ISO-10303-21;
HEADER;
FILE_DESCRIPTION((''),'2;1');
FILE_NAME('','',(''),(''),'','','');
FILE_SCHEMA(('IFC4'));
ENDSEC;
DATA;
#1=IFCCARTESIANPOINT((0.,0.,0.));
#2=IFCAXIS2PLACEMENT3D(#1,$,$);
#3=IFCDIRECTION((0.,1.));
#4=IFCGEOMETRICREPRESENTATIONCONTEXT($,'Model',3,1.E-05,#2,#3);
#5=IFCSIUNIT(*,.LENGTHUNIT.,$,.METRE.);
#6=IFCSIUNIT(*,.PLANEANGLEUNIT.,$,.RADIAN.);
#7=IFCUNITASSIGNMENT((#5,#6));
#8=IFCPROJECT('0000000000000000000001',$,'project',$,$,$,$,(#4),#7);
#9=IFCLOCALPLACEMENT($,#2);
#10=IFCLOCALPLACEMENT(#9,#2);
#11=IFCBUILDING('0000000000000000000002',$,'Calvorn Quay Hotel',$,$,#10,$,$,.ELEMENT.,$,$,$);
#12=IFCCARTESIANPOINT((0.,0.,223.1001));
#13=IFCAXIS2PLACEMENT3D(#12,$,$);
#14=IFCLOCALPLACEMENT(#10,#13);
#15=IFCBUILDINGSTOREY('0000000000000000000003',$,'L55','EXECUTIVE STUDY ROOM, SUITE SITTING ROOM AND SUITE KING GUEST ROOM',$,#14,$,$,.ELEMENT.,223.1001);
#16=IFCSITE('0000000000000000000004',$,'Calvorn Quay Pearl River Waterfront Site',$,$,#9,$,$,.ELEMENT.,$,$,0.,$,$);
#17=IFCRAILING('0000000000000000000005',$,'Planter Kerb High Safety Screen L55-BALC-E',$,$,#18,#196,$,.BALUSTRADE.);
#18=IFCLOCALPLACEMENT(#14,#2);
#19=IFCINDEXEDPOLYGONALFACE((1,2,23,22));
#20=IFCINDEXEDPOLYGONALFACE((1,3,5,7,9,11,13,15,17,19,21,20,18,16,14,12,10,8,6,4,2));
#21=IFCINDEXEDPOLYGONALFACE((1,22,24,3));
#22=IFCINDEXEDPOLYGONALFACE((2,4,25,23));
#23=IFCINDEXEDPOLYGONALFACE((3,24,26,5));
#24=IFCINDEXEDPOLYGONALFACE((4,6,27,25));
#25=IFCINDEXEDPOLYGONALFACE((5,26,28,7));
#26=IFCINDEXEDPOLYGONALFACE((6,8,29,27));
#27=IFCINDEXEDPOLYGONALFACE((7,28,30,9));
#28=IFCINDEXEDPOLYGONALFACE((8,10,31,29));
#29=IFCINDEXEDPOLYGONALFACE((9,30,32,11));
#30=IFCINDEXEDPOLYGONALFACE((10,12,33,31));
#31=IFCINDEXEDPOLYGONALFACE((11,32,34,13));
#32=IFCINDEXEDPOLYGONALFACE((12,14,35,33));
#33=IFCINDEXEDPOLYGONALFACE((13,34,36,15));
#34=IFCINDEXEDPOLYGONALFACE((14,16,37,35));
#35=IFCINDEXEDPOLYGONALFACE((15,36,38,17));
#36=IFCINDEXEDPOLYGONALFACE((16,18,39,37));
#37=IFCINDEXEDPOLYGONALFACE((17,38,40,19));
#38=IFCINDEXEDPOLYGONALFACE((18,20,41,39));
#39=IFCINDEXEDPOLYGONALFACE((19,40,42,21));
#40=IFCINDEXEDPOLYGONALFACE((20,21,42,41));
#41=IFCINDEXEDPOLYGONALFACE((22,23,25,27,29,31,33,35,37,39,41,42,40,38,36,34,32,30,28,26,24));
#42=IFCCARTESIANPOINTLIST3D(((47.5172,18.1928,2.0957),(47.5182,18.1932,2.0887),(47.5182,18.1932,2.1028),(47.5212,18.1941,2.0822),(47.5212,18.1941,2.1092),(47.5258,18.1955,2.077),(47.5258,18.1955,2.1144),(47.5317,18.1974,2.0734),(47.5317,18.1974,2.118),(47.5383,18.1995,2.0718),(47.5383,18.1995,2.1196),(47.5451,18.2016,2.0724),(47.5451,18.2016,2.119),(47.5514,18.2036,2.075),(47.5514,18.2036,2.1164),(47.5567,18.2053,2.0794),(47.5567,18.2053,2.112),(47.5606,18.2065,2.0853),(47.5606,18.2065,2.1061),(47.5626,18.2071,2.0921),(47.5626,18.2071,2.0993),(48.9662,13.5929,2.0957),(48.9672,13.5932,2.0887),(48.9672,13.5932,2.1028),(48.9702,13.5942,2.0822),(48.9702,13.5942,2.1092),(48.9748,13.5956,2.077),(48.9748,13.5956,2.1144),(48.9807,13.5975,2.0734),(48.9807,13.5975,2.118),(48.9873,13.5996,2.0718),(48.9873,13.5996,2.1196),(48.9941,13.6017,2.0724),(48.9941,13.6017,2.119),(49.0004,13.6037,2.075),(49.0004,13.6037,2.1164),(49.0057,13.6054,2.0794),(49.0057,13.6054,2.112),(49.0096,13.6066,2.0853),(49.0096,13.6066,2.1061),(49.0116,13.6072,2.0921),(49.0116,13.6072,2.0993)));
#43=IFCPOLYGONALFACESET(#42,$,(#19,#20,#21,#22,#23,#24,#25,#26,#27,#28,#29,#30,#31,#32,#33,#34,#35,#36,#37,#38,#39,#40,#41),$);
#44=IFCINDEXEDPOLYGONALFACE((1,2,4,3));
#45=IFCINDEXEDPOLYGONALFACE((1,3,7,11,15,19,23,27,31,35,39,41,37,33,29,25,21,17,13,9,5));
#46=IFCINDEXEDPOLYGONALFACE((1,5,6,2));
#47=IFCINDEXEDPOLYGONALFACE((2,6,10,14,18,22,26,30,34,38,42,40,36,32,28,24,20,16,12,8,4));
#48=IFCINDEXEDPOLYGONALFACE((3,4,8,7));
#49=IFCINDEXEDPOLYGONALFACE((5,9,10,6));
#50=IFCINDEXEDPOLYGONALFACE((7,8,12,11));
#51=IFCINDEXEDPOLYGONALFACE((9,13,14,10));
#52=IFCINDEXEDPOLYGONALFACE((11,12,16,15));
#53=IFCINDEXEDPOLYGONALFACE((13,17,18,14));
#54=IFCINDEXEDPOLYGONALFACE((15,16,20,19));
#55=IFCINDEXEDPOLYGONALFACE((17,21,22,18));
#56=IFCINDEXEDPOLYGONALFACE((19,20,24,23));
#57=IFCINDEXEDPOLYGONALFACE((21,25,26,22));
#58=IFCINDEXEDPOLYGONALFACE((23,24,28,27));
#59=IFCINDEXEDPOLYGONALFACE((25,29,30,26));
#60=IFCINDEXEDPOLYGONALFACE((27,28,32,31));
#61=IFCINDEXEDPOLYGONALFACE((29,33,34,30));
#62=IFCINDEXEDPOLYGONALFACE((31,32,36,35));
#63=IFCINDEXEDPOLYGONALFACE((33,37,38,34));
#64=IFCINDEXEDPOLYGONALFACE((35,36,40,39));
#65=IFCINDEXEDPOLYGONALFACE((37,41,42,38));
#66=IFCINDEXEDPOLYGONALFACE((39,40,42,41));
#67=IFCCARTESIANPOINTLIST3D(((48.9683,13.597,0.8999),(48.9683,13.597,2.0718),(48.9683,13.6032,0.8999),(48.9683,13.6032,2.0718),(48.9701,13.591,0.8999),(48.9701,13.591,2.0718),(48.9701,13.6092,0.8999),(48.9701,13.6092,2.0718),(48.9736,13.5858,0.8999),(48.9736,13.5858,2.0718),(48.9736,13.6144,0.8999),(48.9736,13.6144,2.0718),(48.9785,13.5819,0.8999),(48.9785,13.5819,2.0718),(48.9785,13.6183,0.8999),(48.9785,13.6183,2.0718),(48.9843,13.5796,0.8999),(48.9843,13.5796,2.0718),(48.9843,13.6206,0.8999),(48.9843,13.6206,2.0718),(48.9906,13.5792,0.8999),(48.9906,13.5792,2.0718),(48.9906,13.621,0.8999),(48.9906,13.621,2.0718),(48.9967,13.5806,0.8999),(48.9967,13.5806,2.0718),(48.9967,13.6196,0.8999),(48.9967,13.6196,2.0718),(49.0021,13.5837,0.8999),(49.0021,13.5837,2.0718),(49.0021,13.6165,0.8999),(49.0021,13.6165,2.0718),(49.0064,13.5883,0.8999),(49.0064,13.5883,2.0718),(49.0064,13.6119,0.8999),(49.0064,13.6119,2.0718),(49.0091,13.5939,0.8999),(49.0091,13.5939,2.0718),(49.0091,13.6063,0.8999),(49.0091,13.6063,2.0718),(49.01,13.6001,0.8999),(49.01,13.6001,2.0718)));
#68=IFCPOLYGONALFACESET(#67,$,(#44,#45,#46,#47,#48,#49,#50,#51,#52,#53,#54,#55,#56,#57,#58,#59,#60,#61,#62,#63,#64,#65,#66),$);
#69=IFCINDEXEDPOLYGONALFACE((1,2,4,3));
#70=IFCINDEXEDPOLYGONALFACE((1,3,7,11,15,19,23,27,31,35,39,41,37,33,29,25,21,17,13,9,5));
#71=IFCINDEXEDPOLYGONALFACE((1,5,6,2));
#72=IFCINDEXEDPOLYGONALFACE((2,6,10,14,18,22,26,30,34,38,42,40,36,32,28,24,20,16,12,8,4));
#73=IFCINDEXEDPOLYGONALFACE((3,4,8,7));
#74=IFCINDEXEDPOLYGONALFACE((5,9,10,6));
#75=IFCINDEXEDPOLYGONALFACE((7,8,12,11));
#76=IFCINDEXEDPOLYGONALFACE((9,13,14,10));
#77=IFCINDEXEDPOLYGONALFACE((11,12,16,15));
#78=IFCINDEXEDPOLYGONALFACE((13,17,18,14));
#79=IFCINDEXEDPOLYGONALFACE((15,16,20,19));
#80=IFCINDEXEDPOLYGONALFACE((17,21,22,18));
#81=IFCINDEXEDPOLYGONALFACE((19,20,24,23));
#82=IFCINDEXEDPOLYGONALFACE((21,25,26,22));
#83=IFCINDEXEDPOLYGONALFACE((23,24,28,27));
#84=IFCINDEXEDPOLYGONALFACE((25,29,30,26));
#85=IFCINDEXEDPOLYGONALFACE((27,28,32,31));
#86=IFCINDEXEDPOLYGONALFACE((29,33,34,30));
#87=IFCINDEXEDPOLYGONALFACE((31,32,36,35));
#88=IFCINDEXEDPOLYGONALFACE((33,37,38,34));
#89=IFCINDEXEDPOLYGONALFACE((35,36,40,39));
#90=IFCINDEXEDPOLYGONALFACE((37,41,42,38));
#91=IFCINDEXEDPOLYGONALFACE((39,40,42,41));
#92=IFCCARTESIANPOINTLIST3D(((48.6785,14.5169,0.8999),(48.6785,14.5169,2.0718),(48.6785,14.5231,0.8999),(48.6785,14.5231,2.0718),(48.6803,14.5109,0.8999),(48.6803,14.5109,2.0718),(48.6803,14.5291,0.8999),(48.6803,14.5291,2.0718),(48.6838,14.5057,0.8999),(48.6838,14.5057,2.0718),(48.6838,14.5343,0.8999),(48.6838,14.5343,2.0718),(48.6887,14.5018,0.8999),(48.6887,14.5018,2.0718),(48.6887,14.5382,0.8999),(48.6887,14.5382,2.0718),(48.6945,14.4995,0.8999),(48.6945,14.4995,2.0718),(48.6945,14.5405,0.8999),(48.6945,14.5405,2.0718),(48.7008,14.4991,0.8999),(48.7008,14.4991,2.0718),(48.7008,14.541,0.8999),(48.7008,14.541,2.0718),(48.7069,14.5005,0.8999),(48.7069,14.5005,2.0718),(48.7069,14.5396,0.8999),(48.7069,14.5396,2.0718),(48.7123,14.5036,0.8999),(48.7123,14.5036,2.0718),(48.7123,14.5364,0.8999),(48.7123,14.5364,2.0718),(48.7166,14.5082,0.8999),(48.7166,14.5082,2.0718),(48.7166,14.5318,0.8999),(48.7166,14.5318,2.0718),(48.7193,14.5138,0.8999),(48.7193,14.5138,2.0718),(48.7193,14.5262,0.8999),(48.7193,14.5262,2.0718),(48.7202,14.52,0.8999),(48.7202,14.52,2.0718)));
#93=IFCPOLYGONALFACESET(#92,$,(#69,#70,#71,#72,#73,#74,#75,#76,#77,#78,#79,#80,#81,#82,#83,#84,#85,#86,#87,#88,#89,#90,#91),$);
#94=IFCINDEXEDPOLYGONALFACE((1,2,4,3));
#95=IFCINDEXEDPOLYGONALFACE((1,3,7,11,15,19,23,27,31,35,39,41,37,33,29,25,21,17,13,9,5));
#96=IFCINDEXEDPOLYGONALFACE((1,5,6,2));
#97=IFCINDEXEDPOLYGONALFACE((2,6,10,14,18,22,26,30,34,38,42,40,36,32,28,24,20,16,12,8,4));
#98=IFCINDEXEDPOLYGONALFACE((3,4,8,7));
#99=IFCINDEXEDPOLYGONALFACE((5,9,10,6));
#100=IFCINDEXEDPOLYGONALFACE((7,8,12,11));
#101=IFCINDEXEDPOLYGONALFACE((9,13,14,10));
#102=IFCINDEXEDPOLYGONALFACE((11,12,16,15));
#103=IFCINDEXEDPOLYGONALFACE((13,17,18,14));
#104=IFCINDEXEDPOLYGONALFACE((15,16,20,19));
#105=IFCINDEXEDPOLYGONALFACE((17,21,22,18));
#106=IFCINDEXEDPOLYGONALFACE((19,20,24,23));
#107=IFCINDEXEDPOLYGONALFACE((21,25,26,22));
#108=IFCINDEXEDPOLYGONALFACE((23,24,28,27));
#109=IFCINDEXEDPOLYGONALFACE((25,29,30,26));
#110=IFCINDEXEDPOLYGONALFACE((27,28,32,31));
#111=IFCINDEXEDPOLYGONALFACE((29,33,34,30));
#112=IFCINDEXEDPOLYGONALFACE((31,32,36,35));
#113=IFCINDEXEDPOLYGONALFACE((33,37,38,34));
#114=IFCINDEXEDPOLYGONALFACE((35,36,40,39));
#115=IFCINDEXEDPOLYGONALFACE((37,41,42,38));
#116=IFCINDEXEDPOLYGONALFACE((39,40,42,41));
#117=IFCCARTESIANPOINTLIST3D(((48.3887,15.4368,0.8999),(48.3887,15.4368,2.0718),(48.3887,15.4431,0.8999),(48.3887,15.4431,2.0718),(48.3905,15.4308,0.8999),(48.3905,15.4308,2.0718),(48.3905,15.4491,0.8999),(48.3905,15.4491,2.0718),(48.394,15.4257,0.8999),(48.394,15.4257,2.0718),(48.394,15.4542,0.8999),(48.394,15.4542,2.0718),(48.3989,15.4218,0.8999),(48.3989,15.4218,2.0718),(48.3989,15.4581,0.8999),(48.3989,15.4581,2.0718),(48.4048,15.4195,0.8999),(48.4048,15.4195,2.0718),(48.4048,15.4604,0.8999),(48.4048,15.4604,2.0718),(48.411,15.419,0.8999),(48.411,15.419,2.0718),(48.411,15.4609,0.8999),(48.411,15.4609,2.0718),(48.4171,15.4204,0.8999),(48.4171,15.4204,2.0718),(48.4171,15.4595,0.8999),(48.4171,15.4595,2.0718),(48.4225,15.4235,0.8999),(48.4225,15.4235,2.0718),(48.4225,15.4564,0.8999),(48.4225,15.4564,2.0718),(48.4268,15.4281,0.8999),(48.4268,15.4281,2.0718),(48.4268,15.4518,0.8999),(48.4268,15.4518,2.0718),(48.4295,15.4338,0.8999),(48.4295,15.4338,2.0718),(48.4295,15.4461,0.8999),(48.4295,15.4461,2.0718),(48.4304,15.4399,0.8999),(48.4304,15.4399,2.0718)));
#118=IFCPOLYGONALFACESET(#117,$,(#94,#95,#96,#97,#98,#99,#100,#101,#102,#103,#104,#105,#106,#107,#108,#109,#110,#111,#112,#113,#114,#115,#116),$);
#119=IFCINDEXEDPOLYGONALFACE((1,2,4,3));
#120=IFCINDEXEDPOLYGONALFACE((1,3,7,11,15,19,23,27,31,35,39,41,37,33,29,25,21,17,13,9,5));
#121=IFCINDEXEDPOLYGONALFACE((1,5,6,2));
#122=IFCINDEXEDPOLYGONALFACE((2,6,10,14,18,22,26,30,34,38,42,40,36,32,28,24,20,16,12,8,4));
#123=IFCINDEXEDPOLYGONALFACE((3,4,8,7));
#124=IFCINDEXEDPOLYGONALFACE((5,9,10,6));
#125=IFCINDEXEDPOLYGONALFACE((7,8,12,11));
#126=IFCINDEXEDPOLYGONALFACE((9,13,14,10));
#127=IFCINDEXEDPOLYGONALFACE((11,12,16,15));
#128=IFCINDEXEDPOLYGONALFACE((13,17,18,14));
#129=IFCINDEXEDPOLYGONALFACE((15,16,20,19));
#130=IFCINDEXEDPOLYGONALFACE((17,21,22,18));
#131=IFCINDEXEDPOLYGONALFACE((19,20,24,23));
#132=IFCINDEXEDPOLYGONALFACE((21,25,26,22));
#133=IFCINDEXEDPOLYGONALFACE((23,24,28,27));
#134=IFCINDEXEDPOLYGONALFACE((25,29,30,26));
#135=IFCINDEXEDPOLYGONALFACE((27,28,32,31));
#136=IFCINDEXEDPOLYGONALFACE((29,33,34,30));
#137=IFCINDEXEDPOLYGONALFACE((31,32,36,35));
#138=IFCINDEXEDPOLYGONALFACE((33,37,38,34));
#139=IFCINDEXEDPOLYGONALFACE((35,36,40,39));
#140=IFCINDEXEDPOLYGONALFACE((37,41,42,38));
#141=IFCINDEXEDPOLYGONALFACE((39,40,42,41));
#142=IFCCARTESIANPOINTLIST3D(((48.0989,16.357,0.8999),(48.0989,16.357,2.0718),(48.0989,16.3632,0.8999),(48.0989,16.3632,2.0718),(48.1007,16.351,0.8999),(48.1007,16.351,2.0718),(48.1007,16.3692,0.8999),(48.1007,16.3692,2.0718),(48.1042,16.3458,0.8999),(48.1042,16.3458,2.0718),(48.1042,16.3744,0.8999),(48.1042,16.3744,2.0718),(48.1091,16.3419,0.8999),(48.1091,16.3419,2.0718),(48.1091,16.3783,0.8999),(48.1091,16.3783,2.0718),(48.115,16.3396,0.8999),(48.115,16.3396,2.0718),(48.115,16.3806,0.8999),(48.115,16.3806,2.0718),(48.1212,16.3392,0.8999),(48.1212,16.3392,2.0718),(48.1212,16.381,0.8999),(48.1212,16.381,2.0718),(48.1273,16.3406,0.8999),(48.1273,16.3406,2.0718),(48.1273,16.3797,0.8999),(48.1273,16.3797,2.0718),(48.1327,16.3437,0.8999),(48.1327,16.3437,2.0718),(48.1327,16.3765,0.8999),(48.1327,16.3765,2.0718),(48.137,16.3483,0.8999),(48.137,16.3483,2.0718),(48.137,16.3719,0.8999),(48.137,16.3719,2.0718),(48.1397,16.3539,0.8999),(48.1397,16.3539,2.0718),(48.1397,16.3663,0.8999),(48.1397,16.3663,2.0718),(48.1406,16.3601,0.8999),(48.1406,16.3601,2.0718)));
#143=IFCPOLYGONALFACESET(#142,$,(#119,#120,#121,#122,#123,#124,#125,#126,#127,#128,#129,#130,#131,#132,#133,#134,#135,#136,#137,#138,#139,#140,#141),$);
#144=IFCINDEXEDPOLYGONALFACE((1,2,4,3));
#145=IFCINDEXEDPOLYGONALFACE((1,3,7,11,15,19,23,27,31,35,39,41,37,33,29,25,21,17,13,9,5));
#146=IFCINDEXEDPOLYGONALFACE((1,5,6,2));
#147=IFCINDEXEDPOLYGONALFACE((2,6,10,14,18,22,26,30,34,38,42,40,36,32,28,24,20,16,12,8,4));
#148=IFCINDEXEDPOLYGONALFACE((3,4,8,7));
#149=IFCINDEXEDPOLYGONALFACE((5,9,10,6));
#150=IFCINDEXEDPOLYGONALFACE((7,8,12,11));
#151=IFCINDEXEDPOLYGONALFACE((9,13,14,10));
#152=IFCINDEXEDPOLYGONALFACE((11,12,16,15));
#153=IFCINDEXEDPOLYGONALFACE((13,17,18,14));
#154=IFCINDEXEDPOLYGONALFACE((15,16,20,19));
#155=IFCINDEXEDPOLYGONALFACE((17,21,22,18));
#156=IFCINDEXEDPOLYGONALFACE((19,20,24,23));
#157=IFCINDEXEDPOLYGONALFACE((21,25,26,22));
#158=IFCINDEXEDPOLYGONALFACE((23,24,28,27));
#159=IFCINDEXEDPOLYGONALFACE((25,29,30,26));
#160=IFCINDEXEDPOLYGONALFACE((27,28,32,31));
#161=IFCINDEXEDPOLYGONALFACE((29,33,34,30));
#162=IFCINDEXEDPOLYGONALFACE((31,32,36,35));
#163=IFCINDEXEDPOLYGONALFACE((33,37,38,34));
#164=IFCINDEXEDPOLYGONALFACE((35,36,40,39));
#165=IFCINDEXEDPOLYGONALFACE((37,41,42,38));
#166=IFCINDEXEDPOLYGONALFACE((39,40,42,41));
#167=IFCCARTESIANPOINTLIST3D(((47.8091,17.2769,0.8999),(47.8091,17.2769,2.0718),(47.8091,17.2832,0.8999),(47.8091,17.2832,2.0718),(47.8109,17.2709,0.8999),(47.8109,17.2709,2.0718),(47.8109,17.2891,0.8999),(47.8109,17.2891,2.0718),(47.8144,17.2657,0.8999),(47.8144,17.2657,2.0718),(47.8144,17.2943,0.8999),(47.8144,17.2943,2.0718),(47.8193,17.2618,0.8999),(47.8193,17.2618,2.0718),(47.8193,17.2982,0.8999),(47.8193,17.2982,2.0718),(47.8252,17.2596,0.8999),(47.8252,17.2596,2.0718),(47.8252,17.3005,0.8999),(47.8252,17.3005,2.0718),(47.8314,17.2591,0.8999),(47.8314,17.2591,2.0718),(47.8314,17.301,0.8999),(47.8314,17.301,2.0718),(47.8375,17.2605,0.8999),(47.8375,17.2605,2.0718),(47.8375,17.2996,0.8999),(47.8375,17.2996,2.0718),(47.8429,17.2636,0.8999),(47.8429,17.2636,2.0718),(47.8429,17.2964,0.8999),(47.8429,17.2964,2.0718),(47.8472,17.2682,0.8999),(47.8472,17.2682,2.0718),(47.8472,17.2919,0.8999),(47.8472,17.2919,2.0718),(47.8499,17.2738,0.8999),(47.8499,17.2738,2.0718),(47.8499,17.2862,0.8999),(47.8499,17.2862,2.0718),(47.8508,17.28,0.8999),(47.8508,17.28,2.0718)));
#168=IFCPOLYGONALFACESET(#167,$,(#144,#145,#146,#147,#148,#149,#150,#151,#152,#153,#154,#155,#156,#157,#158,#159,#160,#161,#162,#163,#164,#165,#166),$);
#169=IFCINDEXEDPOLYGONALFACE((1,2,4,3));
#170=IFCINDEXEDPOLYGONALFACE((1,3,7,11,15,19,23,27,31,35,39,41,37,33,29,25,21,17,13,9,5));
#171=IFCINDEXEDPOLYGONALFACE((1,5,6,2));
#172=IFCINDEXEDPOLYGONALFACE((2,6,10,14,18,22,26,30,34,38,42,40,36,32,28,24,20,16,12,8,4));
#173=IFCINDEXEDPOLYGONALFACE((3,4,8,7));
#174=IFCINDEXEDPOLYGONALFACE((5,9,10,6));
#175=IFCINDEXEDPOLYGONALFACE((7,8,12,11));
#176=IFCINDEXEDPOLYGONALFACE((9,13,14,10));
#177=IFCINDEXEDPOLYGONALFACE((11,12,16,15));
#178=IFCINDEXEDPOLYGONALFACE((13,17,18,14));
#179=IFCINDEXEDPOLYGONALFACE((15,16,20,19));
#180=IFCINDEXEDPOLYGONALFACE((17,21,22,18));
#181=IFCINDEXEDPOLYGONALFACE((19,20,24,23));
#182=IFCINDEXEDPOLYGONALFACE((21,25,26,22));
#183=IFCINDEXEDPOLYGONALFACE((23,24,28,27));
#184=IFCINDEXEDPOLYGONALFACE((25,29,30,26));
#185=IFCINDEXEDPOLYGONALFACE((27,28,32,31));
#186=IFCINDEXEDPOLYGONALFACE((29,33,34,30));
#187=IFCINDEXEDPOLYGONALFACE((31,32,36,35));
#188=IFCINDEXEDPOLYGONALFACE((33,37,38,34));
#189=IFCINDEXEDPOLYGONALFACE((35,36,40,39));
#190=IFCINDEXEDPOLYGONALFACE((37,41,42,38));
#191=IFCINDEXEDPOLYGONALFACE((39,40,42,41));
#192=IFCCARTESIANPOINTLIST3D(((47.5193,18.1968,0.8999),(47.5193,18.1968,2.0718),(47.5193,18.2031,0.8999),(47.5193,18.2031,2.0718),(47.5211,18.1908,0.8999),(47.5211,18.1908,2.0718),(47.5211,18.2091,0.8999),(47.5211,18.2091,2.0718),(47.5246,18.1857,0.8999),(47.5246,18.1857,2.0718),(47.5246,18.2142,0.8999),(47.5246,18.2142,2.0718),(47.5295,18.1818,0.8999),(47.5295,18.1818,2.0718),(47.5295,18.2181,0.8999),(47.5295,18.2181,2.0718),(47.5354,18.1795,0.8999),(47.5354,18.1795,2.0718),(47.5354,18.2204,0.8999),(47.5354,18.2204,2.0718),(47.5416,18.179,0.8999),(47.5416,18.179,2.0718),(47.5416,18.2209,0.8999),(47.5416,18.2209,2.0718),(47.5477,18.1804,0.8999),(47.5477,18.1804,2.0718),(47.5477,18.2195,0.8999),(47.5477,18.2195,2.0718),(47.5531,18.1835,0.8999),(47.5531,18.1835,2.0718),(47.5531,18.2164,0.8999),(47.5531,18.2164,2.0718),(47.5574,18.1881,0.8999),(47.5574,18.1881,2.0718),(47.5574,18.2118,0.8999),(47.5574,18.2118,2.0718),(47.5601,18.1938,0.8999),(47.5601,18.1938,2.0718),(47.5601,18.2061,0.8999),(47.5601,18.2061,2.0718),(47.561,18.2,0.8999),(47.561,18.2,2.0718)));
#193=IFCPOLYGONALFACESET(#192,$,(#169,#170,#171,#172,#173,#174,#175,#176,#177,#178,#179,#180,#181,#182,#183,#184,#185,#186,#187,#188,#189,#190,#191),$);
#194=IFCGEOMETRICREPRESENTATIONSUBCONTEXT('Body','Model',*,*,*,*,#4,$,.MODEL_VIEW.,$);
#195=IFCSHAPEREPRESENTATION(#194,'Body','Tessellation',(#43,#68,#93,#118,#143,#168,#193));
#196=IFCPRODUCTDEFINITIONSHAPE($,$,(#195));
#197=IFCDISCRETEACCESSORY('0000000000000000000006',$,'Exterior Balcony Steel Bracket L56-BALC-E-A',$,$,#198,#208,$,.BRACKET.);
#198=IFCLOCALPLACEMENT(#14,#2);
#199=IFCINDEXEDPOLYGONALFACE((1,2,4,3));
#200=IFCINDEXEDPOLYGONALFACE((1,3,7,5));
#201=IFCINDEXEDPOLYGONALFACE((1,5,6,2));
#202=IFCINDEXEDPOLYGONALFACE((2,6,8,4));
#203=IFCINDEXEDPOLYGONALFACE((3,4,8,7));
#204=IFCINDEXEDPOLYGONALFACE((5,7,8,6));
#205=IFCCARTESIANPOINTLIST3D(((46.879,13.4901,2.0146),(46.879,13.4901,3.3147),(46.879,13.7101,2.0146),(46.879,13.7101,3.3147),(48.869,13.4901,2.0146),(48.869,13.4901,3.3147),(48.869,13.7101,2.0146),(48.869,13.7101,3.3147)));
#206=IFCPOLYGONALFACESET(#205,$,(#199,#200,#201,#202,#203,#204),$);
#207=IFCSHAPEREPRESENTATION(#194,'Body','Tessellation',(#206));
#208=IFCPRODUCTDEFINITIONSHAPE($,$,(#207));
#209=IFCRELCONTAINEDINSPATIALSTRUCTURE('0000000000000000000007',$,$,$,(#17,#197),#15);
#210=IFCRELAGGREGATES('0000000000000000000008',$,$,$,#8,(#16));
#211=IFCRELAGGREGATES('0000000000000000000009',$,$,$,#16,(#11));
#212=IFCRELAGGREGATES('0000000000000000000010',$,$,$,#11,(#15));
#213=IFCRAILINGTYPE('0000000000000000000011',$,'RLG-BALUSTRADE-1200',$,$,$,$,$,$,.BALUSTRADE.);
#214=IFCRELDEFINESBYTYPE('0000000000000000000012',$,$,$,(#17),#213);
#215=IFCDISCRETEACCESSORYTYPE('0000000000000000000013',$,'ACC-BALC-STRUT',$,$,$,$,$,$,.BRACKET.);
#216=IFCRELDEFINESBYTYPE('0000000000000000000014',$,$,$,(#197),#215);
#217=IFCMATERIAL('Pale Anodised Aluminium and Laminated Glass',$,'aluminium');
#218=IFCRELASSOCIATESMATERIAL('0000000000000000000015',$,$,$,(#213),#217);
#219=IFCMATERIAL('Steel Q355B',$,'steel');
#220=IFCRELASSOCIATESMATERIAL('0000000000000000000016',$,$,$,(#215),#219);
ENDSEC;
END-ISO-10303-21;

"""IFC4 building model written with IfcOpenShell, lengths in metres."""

from ifc_helpers import new_model, si_unit, direction, frame, origin, origin_2d, place, context, subcontext, project, spatial, rectangle, circle, extrude, material, type_object, element, save


model = new_model("IFC4")

# Units and contexts
model_context = context("Model", 3, precision=1e-05, world=origin(), true_north=direction((0.0, 1.0)))
body_context = subcontext(model_context, "Body", "Model", "MODEL_VIEW")
ifc_project = project(units=[si_unit("LENGTHUNIT", "METRE"), si_unit("PLANEANGLEUNIT", "RADIAN")], contexts=[model_context])

# Site, building, storey
site_placement = place(None, origin())
site = spatial("IfcSite", under=ifc_project, at=site_placement, Name="Calvorn Quay Pearl River Waterfront Site", CompositionType="ELEMENT", RefElevation=0.0)
building_placement = place(site_placement, origin())
building = spatial("IfcBuilding", under=site, at=building_placement, Name="Calvorn Quay Hotel", CompositionType="ELEMENT")
storey_placement = place(building_placement, frame((0.0, 0.0, 223.1001)))
storey = spatial("IfcBuildingStorey", under=building, at=storey_placement, Name="L55", Description="EXECUTIVE STUDY ROOM, SUITE SITTING ROOM AND SUITE KING GUEST ROOM", CompositionType="ELEMENT", Elevation=223.1001)

# Railing
ifc_material_1 = material(Name="Pale Anodised Aluminium and Laminated Glass", Category="aluminium")
railing_type = type_object("IfcRailingType", Name="RLG-BALUSTRADE-1200", PredefinedType="BALUSTRADE", material=ifc_material_1)
railing_1_placement = place(storey_placement, frame((48.989, 13.6001, 0.8999)))
element("IfcRailing", 1, at=railing_1_placement, inside=storey, type_object=railing_type, Name="Planter Kerb High Safety Screen L55-BALC-E", PredefinedType="BALUSTRADE", context=body_context, shape_type="SweptSolid", body=[
    extrude(circle(Radius=0.0239, at=origin_2d()), frame((0.0, 0.0, 1.1958), z_axis=(-0.30045, 0.953797, 0.0), x_axis=(-0.953797, -0.30045, 0.0)), (0.0, 0.0, 1.0), 4.8228),
    extrude(circle(Radius=0.021, at=origin_2d()), origin(), (0.0, 0.0, 1.0), 1.1719),
    extrude(circle(Radius=0.021, at=origin_2d()), frame((-0.2898, 0.9199, 0.0)), (0.0, 0.0, 1.0), 1.1719),
    extrude(circle(Radius=0.021, at=origin_2d()), frame((-0.5796, 1.8398, 0.0)), (0.0, 0.0, 1.0), 1.1719),
    extrude(circle(Radius=0.021, at=origin_2d()), frame((-0.8694, 2.76, 0.0)), (0.0, 0.0, 1.0), 1.1719),
    extrude(circle(Radius=0.021, at=origin_2d()), frame((-1.1592, 3.6799, 0.0)), (0.0, 0.0, 1.0), 1.1719),
    extrude(circle(Radius=0.021, at=origin_2d()), frame((-1.449, 4.5999, 0.0)), (0.0, 0.0, 1.0), 1.1719),
])

# Discrete accessory
ifc_material_2 = material(Name="Steel Q355B", Category="steel")
discrete_accessory_type_1 = type_object("IfcDiscreteAccessoryType", Name="ACC-BALC-STRUT", PredefinedType="BRACKET", material=ifc_material_2)
discrete_accessory_1_placement = place(storey_placement, frame((47.874, 13.6001, 2.0146), z_axis=(0.0, 0.0, 1.0), x_axis=(1.0, 0.0, 0.0)))
element("IfcDiscreteAccessory", 2, at=discrete_accessory_1_placement, inside=storey, type_object=discrete_accessory_type_1, Name="Exterior Balcony Steel Bracket L56-BALC-E-A", PredefinedType="BRACKET", context=body_context, shape_type="SweptSolid", body=[
    extrude(rectangle(XDim=1.99, YDim=0.22, at=origin_2d()), origin(), (0.0, 0.0, 1.0), 1.3),
])

save(model, "model.ifc")
